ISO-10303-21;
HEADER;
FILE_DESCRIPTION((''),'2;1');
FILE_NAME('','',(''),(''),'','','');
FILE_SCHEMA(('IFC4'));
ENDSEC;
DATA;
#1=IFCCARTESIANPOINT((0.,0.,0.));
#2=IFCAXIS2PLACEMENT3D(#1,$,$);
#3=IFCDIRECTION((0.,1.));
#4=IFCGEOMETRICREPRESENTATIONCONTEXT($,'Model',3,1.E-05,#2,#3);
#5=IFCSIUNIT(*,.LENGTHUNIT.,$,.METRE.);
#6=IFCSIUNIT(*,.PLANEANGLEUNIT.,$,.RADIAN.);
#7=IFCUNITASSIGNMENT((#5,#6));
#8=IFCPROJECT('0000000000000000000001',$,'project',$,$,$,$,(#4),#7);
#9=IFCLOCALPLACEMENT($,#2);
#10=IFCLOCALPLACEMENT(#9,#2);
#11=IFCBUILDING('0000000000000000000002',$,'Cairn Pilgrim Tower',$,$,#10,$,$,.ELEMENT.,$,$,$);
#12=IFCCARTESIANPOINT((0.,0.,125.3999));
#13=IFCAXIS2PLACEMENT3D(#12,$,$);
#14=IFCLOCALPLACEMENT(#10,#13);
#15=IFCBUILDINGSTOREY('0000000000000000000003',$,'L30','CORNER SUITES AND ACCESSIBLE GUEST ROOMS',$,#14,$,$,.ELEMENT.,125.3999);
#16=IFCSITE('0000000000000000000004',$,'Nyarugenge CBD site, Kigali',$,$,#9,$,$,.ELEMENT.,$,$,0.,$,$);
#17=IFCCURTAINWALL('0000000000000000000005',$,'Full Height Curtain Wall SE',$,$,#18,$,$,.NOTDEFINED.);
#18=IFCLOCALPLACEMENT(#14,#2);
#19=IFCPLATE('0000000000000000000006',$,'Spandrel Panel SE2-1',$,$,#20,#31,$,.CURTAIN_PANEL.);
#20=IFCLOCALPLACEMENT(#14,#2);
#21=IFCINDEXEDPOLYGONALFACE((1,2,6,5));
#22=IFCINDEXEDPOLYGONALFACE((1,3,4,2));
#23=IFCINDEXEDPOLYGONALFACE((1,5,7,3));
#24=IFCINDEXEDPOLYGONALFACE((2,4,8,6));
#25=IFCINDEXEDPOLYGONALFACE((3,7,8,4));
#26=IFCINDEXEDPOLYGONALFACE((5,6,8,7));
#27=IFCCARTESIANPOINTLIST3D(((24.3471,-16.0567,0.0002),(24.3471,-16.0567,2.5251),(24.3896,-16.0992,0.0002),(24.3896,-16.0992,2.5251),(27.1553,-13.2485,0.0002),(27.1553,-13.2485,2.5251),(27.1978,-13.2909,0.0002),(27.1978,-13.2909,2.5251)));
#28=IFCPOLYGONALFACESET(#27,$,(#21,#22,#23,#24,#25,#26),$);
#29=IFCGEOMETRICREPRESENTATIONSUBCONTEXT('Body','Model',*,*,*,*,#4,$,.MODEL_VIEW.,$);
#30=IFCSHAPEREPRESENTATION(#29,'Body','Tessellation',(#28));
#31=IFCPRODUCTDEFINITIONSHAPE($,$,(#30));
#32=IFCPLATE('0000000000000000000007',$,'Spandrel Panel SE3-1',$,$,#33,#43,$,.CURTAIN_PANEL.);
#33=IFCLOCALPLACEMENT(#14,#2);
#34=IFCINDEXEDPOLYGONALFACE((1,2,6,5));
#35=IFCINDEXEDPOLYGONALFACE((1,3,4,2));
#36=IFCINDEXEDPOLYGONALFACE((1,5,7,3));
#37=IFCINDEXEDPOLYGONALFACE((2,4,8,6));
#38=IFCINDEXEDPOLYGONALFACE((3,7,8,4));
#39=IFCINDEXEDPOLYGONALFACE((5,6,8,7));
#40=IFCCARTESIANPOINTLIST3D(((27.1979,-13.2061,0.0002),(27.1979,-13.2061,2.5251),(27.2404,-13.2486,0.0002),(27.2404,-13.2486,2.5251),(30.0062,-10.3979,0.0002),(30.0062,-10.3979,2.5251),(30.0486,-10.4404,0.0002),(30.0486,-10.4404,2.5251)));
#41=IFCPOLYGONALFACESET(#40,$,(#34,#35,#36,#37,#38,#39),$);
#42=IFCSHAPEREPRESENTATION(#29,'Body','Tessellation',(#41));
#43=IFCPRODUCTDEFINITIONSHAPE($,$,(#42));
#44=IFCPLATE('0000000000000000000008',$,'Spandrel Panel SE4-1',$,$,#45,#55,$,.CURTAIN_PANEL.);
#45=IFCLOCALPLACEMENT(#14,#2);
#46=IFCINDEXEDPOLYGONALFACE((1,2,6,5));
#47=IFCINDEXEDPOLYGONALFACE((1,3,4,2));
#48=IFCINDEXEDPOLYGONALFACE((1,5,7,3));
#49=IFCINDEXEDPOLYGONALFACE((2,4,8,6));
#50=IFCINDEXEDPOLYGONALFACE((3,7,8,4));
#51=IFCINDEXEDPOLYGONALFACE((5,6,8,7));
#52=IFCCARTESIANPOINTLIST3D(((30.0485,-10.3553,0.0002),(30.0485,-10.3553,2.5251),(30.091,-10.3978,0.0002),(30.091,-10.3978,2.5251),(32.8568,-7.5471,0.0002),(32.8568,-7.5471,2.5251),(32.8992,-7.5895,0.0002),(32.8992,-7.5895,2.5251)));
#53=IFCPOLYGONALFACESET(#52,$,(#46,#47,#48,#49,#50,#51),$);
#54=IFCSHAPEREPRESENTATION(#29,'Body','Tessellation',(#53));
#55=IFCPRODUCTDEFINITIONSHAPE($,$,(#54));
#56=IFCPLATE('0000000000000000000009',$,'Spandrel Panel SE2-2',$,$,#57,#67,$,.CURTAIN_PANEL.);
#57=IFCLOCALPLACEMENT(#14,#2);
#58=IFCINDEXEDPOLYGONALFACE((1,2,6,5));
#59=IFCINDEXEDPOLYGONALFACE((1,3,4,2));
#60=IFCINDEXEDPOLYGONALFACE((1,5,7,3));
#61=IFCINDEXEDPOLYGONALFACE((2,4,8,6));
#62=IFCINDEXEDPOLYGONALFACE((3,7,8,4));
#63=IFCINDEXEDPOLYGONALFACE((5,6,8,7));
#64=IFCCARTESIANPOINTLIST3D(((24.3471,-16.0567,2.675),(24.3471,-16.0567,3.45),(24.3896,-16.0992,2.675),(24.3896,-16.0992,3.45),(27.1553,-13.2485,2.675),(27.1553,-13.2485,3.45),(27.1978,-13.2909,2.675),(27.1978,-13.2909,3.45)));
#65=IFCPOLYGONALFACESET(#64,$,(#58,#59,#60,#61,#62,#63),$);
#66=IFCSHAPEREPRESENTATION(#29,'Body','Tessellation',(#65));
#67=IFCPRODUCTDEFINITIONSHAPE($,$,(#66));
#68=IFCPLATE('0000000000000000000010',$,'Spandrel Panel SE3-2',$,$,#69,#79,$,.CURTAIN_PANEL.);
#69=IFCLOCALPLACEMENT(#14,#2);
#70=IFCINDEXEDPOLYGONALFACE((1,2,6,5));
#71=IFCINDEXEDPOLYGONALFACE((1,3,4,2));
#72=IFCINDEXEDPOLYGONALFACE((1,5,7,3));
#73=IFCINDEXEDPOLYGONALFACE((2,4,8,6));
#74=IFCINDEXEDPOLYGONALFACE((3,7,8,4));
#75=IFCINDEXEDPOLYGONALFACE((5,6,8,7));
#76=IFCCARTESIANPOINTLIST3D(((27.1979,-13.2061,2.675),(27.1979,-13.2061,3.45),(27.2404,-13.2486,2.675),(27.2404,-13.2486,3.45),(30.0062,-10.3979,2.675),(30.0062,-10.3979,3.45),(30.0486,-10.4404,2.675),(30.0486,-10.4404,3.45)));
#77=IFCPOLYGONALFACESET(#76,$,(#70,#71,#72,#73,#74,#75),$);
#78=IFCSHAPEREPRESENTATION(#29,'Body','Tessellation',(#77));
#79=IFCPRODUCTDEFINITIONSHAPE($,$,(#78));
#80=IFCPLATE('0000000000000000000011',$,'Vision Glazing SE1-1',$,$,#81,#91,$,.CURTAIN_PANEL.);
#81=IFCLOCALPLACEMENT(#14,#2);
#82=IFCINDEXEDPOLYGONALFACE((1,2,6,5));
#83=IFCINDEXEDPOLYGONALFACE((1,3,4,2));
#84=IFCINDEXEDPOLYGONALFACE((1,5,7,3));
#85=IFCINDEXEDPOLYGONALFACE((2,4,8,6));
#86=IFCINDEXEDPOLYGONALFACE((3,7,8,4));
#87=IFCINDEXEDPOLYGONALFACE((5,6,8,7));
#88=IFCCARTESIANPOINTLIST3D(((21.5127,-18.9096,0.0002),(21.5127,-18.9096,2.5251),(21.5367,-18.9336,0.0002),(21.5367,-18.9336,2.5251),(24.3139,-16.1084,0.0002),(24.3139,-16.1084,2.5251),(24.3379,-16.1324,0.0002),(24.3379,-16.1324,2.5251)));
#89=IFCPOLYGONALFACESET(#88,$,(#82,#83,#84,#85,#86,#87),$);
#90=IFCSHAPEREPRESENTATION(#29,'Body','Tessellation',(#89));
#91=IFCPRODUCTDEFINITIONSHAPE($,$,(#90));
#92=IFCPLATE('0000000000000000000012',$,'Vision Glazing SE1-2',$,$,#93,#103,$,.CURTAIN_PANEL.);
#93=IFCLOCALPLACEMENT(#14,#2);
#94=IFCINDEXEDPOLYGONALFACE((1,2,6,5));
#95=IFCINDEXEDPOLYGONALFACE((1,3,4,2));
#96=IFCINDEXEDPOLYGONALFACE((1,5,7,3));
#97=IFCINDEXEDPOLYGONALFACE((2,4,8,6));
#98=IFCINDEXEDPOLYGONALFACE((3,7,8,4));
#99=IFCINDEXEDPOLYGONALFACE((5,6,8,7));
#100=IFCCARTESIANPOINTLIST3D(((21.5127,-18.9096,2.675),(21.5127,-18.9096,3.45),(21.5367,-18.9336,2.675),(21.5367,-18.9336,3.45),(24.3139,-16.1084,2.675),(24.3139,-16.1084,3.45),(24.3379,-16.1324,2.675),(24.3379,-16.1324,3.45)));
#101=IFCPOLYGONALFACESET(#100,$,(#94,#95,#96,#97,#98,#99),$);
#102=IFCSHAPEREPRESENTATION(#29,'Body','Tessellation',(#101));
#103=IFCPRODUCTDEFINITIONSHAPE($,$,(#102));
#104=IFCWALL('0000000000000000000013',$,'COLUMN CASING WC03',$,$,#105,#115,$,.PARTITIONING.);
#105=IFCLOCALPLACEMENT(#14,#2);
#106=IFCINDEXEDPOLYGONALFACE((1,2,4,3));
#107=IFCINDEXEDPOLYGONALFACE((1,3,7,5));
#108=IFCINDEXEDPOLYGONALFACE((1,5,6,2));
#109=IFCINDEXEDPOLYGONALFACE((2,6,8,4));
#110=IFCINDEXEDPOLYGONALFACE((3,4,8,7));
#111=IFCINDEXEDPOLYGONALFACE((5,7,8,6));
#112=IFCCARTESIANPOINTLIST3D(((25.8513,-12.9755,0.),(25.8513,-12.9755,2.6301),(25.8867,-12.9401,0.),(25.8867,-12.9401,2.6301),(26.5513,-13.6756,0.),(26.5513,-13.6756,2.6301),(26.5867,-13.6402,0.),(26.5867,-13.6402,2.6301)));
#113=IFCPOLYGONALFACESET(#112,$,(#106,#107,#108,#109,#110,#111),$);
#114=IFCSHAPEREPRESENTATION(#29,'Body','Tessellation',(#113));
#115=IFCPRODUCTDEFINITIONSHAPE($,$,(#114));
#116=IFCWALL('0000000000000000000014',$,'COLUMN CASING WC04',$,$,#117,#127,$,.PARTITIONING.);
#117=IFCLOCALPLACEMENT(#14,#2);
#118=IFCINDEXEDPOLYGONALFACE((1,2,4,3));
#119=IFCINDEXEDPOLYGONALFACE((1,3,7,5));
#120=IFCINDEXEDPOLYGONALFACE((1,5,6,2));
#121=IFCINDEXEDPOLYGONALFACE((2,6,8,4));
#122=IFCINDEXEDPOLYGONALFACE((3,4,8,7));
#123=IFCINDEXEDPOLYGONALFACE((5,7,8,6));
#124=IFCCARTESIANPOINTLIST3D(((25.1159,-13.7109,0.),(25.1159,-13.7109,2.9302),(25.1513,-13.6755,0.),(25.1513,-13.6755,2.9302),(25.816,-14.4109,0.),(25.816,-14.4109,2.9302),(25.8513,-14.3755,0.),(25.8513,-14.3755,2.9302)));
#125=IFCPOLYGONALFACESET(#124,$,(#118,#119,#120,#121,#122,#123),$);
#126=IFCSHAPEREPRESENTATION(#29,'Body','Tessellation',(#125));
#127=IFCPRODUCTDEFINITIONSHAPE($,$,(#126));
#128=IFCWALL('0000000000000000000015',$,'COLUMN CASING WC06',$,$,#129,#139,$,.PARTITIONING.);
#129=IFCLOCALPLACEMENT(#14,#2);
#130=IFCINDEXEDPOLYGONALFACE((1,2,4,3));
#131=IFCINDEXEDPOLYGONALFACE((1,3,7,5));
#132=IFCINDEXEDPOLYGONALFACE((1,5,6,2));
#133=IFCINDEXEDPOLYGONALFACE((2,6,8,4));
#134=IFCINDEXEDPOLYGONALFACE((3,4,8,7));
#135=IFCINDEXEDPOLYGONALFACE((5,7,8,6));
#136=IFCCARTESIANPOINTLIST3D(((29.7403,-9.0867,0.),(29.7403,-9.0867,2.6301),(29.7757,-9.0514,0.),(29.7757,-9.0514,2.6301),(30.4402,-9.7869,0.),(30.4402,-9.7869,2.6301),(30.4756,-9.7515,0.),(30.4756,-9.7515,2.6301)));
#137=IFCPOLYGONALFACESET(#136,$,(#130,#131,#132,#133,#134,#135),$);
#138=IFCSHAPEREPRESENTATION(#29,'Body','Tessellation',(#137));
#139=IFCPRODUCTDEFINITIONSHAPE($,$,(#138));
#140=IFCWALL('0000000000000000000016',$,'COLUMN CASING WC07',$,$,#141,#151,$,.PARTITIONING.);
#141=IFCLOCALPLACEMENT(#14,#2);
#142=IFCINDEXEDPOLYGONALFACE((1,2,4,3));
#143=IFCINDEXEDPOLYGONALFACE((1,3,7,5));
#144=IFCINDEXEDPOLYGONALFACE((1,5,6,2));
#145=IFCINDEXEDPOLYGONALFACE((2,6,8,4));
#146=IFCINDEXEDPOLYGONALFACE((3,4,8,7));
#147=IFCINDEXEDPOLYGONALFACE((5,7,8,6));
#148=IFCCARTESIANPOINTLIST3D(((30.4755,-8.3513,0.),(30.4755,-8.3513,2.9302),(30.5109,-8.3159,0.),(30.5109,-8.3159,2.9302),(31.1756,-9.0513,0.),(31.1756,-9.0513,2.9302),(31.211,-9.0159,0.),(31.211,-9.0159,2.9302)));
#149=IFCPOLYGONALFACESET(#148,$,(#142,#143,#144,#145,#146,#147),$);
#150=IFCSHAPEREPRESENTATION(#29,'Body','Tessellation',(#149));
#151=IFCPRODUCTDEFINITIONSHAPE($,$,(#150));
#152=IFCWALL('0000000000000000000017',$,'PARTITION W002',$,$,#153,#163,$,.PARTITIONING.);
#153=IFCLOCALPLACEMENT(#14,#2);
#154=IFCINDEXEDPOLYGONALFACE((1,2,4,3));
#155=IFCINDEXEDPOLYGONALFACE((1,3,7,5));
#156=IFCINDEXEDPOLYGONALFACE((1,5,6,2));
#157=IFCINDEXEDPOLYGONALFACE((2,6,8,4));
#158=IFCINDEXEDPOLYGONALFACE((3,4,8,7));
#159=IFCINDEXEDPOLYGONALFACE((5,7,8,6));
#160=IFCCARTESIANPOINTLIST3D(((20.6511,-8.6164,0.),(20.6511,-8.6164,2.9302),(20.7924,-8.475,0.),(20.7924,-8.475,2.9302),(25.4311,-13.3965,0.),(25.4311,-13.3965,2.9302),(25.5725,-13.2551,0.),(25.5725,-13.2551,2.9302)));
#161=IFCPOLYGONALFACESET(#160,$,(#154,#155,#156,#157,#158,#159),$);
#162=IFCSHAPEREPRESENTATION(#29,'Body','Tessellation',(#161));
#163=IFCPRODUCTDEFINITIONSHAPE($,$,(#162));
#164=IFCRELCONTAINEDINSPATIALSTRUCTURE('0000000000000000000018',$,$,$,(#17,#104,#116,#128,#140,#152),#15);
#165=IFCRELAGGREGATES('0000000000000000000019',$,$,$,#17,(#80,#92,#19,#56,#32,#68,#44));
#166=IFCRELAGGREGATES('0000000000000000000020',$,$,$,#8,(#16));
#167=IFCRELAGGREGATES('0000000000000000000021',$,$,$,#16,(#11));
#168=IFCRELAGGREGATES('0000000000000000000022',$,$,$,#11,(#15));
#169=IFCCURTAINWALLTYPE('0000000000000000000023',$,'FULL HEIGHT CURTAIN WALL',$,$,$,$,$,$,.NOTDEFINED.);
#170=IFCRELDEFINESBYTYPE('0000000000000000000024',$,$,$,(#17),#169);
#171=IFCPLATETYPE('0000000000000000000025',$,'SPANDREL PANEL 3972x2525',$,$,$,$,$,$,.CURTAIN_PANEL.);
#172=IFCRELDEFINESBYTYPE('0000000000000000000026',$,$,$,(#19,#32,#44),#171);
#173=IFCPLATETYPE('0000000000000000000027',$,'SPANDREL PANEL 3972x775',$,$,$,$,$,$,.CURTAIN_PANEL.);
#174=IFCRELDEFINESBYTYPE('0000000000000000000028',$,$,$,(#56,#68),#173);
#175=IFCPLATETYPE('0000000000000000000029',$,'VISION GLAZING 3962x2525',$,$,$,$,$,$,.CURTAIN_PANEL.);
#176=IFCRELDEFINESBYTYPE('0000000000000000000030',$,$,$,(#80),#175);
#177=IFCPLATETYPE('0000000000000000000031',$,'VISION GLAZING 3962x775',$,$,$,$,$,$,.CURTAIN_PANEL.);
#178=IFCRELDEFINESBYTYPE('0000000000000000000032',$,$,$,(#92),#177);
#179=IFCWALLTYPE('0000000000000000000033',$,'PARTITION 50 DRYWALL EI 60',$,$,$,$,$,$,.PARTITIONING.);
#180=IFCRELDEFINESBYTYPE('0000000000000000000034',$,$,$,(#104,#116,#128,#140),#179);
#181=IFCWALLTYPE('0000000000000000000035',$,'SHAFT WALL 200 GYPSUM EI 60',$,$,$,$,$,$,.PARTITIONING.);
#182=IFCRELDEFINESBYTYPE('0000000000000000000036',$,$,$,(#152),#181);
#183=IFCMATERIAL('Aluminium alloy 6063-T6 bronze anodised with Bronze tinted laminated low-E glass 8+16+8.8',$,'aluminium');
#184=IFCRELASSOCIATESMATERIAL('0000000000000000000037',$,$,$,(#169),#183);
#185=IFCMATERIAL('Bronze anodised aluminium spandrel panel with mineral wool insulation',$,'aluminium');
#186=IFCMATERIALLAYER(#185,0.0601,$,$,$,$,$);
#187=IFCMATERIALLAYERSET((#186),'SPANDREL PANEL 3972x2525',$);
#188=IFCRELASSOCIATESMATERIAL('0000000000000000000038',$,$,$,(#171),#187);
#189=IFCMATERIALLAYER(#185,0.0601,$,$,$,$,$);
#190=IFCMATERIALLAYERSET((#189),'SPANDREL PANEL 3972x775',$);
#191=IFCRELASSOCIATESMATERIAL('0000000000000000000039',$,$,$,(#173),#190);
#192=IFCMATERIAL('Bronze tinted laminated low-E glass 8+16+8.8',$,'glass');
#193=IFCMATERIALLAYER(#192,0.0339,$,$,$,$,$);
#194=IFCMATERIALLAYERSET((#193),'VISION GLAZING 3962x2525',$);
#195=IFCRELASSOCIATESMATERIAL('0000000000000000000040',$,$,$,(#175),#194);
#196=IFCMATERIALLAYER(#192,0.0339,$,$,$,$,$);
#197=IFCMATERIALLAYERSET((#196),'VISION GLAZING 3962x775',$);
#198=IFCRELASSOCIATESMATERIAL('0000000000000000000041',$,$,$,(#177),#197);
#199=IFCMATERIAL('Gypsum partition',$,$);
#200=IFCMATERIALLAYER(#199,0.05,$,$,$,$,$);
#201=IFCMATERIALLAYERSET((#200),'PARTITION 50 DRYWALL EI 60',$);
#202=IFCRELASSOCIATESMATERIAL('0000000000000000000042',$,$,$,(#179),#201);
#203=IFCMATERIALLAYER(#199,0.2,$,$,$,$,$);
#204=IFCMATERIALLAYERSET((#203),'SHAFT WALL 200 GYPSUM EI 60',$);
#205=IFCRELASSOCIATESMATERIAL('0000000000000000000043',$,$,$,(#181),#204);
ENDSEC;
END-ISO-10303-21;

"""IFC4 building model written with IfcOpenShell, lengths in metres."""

from ifc_helpers import new_model, si_unit, direction, frame, frame_2d, origin, origin_2d, place, context, subcontext, project, spatial, rectangle, extrude, material, layer, layer_set, type_object, element, aggregate, save


model = new_model("IFC4")

# Units and contexts
model_context = context("Model", 3, precision=1e-05, world=origin(), true_north=direction((0.0, 1.0)))
body_context = subcontext(model_context, "Body", "Model", "MODEL_VIEW")
ifc_project = project(units=[si_unit("LENGTHUNIT", "METRE"), si_unit("PLANEANGLEUNIT", "RADIAN")], contexts=[model_context])

# Site, building, storey
site_placement = place(None, origin())
site = spatial("IfcSite", under=ifc_project, at=site_placement, Name="Nyarugenge CBD site, Kigali", CompositionType="ELEMENT", RefElevation=0.0)
building_placement = place(site_placement, origin())
building = spatial("IfcBuilding", under=site, at=building_placement, Name="Cairn Pilgrim Tower", CompositionType="ELEMENT")
storey_placement = place(building_placement, frame((0.0, 0.0, 125.3999)))
storey = spatial("IfcBuildingStorey", under=building, at=storey_placement, Name="L30", Description="CORNER SUITES AND ACCESSIBLE GUEST ROOMS", CompositionType="ELEMENT", Elevation=125.3999)

# Curtain wall, plates
ifc_material_1 = material(Name="Aluminium alloy 6063-T6 bronze anodised with Bronze tinted laminated low-E glass 8+16+8.8", Category="aluminium")
curtain_wall_type = type_object("IfcCurtainWallType", Name="FULL HEIGHT CURTAIN WALL", PredefinedType="NOTDEFINED", material=ifc_material_1)
curtain_wall_placement = place(storey_placement, origin())
curtain_wall = element("IfcCurtainWall", 1, at=curtain_wall_placement, inside=storey, type_object=curtain_wall_type, Name="Full Height Curtain Wall SE", PredefinedType="NOTDEFINED")
ifc_material_2 = material(Name="Bronze anodised aluminium spandrel panel with mineral wool insulation", Category="aluminium")
ifc_layer_1 = layer(ifc_material_2, 0.0601)
ifc_layer_set_1 = layer_set([ifc_layer_1], Name="SPANDREL PANEL 3972x2525")
plate_type_1 = type_object("IfcPlateType", Name="SPANDREL PANEL 3972x2525", PredefinedType="CURTAIN_PANEL", material=ifc_layer_set_1)
plate_1_placement = place(storey_placement, frame((25.7725, -14.6738, 0.0002), z_axis=(0.0, 0.0, 1.0), x_axis=(0.707107, 0.707107, 0.0)))
plate_1 = element("IfcPlate", 2, at=plate_1_placement, type_object=plate_type_1, Name="Spandrel Panel SE2-1", PredefinedType="CURTAIN_PANEL", context=body_context, shape_type="SweptSolid", body=[
    extrude(rectangle(XDim=3.9714, YDim=0.0601, at=origin_2d()), origin(), (0.0, 0.0, 1.0), 2.5249),
])
plate_2_placement = place(storey_placement, frame((28.6233, -11.8232, 0.0002), z_axis=(0.0, 0.0, 1.0), x_axis=(0.707107, 0.707107, 0.0)))
plate_2 = element("IfcPlate", 3, at=plate_2_placement, type_object=plate_type_1, Name="Spandrel Panel SE3-1", PredefinedType="CURTAIN_PANEL", context=body_context, shape_type="SweptSolid", body=[
    extrude(rectangle(XDim=3.9714, YDim=0.0601, at=origin_2d()), origin(), (0.0, 0.0, 1.0), 2.5249),
])
plate_3_placement = place(storey_placement, frame((31.4739, -8.9724, 0.0002), z_axis=(0.0, 0.0, 1.0), x_axis=(0.707107, 0.707107, 0.0)))
plate_3 = element("IfcPlate", 4, at=plate_3_placement, type_object=plate_type_1, Name="Spandrel Panel SE4-1", PredefinedType="CURTAIN_PANEL", context=body_context, shape_type="SweptSolid", body=[
    extrude(rectangle(XDim=3.9714, YDim=0.0601, at=origin_2d()), origin(), (0.0, 0.0, 1.0), 2.5249),
])
ifc_layer_2 = layer(ifc_material_2, 0.0601)
ifc_layer_set_2 = layer_set([ifc_layer_2], Name="SPANDREL PANEL 3972x775")
plate_type_2 = type_object("IfcPlateType", Name="SPANDREL PANEL 3972x775", PredefinedType="CURTAIN_PANEL", material=ifc_layer_set_2)
plate_4_placement = place(storey_placement, frame((25.7725, -14.6738, 2.675), z_axis=(0.0, 0.0, 1.0), x_axis=(0.707107, 0.707107, 0.0)))
plate_4 = element("IfcPlate", 5, at=plate_4_placement, type_object=plate_type_2, Name="Spandrel Panel SE2-2", PredefinedType="CURTAIN_PANEL", context=body_context, shape_type="SweptSolid", body=[
    extrude(rectangle(XDim=3.9714, YDim=0.0601, at=origin_2d()), origin(), (0.0, 0.0, 1.0), 0.7749),
])
plate_5_placement = place(storey_placement, frame((28.6233, -11.8232, 2.675), z_axis=(0.0, 0.0, 1.0), x_axis=(0.707107, 0.707107, 0.0)))
plate_5 = element("IfcPlate", 6, at=plate_5_placement, type_object=plate_type_2, Name="Spandrel Panel SE3-2", PredefinedType="CURTAIN_PANEL", context=body_context, shape_type="SweptSolid", body=[
    extrude(rectangle(XDim=3.9714, YDim=0.0601, at=origin_2d()), origin(), (0.0, 0.0, 1.0), 0.7749),
])
ifc_material_3 = material(Name="Bronze tinted laminated low-E glass 8+16+8.8", Category="glass")
ifc_layer_3 = layer(ifc_material_3, 0.0339)
ifc_layer_set_3 = layer_set([ifc_layer_3], Name="VISION GLAZING 3962x2525")
plate_type_3 = type_object("IfcPlateType", Name="VISION GLAZING 3962x2525", PredefinedType="CURTAIN_PANEL", material=ifc_layer_set_3)
plate_6_placement = place(storey_placement, frame((22.9253, -17.521, 0.0002), z_axis=(0.0, 0.0, 1.0), x_axis=(0.707107, 0.707107, 0.0)))
plate_6 = element("IfcPlate", 7, at=plate_6_placement, type_object=plate_type_3, Name="Vision Glazing SE1-1", PredefinedType="CURTAIN_PANEL", context=body_context, shape_type="SweptSolid", body=[
    extrude(rectangle(XDim=3.9614, YDim=0.0339, at=origin_2d()), origin(), (0.0, 0.0, 1.0), 2.5249),
])
ifc_layer_4 = layer(ifc_material_3, 0.0339)
ifc_layer_set_4 = layer_set([ifc_layer_4], Name="VISION GLAZING 3962x775")
plate_type_4 = type_object("IfcPlateType", Name="VISION GLAZING 3962x775", PredefinedType="CURTAIN_PANEL", material=ifc_layer_set_4)
plate_7_placement = place(storey_placement, frame((22.9253, -17.521, 2.675), z_axis=(0.0, 0.0, 1.0), x_axis=(0.707107, 0.707107, 0.0)))
plate_7 = element("IfcPlate", 8, at=plate_7_placement, type_object=plate_type_4, Name="Vision Glazing SE1-2", PredefinedType="CURTAIN_PANEL", context=body_context, shape_type="SweptSolid", body=[
    extrude(rectangle(XDim=3.9614, YDim=0.0339, at=origin_2d()), origin(), (0.0, 0.0, 1.0), 0.7749),
])
aggregate(curtain_wall, [plate_6, plate_7, plate_1, plate_4, plate_2, plate_5, plate_3])

# Walls
ifc_material_4 = material(Name="Gypsum partition")
ifc_layer_5 = layer(ifc_material_4, 0.05)
ifc_layer_set_5 = layer_set([ifc_layer_5], Name="PARTITION 50 DRYWALL EI 60")
wall_type_1 = type_object("IfcWallType", Name="PARTITION 50 DRYWALL EI 60", PredefinedType="PARTITIONING", material=ifc_layer_set_5)
wall_1_placement = place(storey_placement, frame((26.5691, -13.658, 0.0), z_axis=(0.0, 0.0, 1.0), x_axis=(-0.707107, 0.707107, 0.0)))
element("IfcWall", 9, at=wall_1_placement, inside=storey, type_object=wall_type_1, Name="COLUMN CASING WC03", PredefinedType="PARTITIONING", context=body_context, shape_type="SweptSolid", body=[
    extrude(rectangle(XDim=0.99, YDim=0.05, at=frame_2d((0.4951, 0.0))), origin(), (0.0, 0.0, 1.0), 2.6301),
])
wall_2_placement = place(storey_placement, frame((25.8337, -14.3933, 0.0), z_axis=(0.0, 0.0, 1.0), x_axis=(-0.707107, 0.707107, 0.0)))
element("IfcWall", 10, at=wall_2_placement, inside=storey, type_object=wall_type_1, Name="COLUMN CASING WC04", PredefinedType="PARTITIONING", context=body_context, shape_type="SweptSolid", body=[
    extrude(rectangle(XDim=0.99, YDim=0.05, at=frame_2d((0.4951, 0.0))), origin(), (0.0, 0.0, 1.0), 2.9302),
])
wall_3_placement = place(storey_placement, frame((30.458, -9.7693, 0.0), z_axis=(0.0, 0.0, 1.0), x_axis=(-0.706983, 0.70723, 0.0)))
element("IfcWall", 11, at=wall_3_placement, inside=storey, type_object=wall_type_1, Name="COLUMN CASING WC06", PredefinedType="PARTITIONING", context=body_context, shape_type="SweptSolid", body=[
    extrude(rectangle(XDim=0.99, YDim=0.05, at=frame_2d((0.4951, 0.0))), origin(), (0.0, 0.0, 1.0), 2.6301),
])
wall_4_placement = place(storey_placement, frame((31.1934, -9.0337, 0.0), z_axis=(0.0, 0.0, 1.0), x_axis=(-0.707107, 0.707107, 0.0)))
element("IfcWall", 12, at=wall_4_placement, inside=storey, type_object=wall_type_1, Name="COLUMN CASING WC07", PredefinedType="PARTITIONING", context=body_context, shape_type="SweptSolid", body=[
    extrude(rectangle(XDim=0.99, YDim=0.05, at=frame_2d((0.4951, 0.0))), origin(), (0.0, 0.0, 1.0), 2.9302),
])
ifc_layer_6 = layer(ifc_material_4, 0.2)
ifc_layer_set_6 = layer_set([ifc_layer_6], Name="SHAFT WALL 200 GYPSUM EI 60")
wall_type_2 = type_object("IfcWallType", Name="SHAFT WALL 200 GYPSUM EI 60", PredefinedType="PARTITIONING", material=ifc_layer_set_6)
wall_5_placement = place(storey_placement, frame((25.5017, -13.3257, 0.0), z_axis=(0.0, 0.0, 1.0), x_axis=(-0.707107, 0.707107, 0.0)))
element("IfcWall", 13, at=wall_5_placement, inside=storey, type_object=wall_type_2, Name="PARTITION W002", PredefinedType="PARTITIONING", context=body_context, shape_type="SweptSolid", body=[
    extrude(rectangle(XDim=6.76, YDim=0.2, at=frame_2d((3.3799, 0.0))), origin(), (0.0, 0.0, 1.0), 2.9302),
])

save(model, "model.ifc")
